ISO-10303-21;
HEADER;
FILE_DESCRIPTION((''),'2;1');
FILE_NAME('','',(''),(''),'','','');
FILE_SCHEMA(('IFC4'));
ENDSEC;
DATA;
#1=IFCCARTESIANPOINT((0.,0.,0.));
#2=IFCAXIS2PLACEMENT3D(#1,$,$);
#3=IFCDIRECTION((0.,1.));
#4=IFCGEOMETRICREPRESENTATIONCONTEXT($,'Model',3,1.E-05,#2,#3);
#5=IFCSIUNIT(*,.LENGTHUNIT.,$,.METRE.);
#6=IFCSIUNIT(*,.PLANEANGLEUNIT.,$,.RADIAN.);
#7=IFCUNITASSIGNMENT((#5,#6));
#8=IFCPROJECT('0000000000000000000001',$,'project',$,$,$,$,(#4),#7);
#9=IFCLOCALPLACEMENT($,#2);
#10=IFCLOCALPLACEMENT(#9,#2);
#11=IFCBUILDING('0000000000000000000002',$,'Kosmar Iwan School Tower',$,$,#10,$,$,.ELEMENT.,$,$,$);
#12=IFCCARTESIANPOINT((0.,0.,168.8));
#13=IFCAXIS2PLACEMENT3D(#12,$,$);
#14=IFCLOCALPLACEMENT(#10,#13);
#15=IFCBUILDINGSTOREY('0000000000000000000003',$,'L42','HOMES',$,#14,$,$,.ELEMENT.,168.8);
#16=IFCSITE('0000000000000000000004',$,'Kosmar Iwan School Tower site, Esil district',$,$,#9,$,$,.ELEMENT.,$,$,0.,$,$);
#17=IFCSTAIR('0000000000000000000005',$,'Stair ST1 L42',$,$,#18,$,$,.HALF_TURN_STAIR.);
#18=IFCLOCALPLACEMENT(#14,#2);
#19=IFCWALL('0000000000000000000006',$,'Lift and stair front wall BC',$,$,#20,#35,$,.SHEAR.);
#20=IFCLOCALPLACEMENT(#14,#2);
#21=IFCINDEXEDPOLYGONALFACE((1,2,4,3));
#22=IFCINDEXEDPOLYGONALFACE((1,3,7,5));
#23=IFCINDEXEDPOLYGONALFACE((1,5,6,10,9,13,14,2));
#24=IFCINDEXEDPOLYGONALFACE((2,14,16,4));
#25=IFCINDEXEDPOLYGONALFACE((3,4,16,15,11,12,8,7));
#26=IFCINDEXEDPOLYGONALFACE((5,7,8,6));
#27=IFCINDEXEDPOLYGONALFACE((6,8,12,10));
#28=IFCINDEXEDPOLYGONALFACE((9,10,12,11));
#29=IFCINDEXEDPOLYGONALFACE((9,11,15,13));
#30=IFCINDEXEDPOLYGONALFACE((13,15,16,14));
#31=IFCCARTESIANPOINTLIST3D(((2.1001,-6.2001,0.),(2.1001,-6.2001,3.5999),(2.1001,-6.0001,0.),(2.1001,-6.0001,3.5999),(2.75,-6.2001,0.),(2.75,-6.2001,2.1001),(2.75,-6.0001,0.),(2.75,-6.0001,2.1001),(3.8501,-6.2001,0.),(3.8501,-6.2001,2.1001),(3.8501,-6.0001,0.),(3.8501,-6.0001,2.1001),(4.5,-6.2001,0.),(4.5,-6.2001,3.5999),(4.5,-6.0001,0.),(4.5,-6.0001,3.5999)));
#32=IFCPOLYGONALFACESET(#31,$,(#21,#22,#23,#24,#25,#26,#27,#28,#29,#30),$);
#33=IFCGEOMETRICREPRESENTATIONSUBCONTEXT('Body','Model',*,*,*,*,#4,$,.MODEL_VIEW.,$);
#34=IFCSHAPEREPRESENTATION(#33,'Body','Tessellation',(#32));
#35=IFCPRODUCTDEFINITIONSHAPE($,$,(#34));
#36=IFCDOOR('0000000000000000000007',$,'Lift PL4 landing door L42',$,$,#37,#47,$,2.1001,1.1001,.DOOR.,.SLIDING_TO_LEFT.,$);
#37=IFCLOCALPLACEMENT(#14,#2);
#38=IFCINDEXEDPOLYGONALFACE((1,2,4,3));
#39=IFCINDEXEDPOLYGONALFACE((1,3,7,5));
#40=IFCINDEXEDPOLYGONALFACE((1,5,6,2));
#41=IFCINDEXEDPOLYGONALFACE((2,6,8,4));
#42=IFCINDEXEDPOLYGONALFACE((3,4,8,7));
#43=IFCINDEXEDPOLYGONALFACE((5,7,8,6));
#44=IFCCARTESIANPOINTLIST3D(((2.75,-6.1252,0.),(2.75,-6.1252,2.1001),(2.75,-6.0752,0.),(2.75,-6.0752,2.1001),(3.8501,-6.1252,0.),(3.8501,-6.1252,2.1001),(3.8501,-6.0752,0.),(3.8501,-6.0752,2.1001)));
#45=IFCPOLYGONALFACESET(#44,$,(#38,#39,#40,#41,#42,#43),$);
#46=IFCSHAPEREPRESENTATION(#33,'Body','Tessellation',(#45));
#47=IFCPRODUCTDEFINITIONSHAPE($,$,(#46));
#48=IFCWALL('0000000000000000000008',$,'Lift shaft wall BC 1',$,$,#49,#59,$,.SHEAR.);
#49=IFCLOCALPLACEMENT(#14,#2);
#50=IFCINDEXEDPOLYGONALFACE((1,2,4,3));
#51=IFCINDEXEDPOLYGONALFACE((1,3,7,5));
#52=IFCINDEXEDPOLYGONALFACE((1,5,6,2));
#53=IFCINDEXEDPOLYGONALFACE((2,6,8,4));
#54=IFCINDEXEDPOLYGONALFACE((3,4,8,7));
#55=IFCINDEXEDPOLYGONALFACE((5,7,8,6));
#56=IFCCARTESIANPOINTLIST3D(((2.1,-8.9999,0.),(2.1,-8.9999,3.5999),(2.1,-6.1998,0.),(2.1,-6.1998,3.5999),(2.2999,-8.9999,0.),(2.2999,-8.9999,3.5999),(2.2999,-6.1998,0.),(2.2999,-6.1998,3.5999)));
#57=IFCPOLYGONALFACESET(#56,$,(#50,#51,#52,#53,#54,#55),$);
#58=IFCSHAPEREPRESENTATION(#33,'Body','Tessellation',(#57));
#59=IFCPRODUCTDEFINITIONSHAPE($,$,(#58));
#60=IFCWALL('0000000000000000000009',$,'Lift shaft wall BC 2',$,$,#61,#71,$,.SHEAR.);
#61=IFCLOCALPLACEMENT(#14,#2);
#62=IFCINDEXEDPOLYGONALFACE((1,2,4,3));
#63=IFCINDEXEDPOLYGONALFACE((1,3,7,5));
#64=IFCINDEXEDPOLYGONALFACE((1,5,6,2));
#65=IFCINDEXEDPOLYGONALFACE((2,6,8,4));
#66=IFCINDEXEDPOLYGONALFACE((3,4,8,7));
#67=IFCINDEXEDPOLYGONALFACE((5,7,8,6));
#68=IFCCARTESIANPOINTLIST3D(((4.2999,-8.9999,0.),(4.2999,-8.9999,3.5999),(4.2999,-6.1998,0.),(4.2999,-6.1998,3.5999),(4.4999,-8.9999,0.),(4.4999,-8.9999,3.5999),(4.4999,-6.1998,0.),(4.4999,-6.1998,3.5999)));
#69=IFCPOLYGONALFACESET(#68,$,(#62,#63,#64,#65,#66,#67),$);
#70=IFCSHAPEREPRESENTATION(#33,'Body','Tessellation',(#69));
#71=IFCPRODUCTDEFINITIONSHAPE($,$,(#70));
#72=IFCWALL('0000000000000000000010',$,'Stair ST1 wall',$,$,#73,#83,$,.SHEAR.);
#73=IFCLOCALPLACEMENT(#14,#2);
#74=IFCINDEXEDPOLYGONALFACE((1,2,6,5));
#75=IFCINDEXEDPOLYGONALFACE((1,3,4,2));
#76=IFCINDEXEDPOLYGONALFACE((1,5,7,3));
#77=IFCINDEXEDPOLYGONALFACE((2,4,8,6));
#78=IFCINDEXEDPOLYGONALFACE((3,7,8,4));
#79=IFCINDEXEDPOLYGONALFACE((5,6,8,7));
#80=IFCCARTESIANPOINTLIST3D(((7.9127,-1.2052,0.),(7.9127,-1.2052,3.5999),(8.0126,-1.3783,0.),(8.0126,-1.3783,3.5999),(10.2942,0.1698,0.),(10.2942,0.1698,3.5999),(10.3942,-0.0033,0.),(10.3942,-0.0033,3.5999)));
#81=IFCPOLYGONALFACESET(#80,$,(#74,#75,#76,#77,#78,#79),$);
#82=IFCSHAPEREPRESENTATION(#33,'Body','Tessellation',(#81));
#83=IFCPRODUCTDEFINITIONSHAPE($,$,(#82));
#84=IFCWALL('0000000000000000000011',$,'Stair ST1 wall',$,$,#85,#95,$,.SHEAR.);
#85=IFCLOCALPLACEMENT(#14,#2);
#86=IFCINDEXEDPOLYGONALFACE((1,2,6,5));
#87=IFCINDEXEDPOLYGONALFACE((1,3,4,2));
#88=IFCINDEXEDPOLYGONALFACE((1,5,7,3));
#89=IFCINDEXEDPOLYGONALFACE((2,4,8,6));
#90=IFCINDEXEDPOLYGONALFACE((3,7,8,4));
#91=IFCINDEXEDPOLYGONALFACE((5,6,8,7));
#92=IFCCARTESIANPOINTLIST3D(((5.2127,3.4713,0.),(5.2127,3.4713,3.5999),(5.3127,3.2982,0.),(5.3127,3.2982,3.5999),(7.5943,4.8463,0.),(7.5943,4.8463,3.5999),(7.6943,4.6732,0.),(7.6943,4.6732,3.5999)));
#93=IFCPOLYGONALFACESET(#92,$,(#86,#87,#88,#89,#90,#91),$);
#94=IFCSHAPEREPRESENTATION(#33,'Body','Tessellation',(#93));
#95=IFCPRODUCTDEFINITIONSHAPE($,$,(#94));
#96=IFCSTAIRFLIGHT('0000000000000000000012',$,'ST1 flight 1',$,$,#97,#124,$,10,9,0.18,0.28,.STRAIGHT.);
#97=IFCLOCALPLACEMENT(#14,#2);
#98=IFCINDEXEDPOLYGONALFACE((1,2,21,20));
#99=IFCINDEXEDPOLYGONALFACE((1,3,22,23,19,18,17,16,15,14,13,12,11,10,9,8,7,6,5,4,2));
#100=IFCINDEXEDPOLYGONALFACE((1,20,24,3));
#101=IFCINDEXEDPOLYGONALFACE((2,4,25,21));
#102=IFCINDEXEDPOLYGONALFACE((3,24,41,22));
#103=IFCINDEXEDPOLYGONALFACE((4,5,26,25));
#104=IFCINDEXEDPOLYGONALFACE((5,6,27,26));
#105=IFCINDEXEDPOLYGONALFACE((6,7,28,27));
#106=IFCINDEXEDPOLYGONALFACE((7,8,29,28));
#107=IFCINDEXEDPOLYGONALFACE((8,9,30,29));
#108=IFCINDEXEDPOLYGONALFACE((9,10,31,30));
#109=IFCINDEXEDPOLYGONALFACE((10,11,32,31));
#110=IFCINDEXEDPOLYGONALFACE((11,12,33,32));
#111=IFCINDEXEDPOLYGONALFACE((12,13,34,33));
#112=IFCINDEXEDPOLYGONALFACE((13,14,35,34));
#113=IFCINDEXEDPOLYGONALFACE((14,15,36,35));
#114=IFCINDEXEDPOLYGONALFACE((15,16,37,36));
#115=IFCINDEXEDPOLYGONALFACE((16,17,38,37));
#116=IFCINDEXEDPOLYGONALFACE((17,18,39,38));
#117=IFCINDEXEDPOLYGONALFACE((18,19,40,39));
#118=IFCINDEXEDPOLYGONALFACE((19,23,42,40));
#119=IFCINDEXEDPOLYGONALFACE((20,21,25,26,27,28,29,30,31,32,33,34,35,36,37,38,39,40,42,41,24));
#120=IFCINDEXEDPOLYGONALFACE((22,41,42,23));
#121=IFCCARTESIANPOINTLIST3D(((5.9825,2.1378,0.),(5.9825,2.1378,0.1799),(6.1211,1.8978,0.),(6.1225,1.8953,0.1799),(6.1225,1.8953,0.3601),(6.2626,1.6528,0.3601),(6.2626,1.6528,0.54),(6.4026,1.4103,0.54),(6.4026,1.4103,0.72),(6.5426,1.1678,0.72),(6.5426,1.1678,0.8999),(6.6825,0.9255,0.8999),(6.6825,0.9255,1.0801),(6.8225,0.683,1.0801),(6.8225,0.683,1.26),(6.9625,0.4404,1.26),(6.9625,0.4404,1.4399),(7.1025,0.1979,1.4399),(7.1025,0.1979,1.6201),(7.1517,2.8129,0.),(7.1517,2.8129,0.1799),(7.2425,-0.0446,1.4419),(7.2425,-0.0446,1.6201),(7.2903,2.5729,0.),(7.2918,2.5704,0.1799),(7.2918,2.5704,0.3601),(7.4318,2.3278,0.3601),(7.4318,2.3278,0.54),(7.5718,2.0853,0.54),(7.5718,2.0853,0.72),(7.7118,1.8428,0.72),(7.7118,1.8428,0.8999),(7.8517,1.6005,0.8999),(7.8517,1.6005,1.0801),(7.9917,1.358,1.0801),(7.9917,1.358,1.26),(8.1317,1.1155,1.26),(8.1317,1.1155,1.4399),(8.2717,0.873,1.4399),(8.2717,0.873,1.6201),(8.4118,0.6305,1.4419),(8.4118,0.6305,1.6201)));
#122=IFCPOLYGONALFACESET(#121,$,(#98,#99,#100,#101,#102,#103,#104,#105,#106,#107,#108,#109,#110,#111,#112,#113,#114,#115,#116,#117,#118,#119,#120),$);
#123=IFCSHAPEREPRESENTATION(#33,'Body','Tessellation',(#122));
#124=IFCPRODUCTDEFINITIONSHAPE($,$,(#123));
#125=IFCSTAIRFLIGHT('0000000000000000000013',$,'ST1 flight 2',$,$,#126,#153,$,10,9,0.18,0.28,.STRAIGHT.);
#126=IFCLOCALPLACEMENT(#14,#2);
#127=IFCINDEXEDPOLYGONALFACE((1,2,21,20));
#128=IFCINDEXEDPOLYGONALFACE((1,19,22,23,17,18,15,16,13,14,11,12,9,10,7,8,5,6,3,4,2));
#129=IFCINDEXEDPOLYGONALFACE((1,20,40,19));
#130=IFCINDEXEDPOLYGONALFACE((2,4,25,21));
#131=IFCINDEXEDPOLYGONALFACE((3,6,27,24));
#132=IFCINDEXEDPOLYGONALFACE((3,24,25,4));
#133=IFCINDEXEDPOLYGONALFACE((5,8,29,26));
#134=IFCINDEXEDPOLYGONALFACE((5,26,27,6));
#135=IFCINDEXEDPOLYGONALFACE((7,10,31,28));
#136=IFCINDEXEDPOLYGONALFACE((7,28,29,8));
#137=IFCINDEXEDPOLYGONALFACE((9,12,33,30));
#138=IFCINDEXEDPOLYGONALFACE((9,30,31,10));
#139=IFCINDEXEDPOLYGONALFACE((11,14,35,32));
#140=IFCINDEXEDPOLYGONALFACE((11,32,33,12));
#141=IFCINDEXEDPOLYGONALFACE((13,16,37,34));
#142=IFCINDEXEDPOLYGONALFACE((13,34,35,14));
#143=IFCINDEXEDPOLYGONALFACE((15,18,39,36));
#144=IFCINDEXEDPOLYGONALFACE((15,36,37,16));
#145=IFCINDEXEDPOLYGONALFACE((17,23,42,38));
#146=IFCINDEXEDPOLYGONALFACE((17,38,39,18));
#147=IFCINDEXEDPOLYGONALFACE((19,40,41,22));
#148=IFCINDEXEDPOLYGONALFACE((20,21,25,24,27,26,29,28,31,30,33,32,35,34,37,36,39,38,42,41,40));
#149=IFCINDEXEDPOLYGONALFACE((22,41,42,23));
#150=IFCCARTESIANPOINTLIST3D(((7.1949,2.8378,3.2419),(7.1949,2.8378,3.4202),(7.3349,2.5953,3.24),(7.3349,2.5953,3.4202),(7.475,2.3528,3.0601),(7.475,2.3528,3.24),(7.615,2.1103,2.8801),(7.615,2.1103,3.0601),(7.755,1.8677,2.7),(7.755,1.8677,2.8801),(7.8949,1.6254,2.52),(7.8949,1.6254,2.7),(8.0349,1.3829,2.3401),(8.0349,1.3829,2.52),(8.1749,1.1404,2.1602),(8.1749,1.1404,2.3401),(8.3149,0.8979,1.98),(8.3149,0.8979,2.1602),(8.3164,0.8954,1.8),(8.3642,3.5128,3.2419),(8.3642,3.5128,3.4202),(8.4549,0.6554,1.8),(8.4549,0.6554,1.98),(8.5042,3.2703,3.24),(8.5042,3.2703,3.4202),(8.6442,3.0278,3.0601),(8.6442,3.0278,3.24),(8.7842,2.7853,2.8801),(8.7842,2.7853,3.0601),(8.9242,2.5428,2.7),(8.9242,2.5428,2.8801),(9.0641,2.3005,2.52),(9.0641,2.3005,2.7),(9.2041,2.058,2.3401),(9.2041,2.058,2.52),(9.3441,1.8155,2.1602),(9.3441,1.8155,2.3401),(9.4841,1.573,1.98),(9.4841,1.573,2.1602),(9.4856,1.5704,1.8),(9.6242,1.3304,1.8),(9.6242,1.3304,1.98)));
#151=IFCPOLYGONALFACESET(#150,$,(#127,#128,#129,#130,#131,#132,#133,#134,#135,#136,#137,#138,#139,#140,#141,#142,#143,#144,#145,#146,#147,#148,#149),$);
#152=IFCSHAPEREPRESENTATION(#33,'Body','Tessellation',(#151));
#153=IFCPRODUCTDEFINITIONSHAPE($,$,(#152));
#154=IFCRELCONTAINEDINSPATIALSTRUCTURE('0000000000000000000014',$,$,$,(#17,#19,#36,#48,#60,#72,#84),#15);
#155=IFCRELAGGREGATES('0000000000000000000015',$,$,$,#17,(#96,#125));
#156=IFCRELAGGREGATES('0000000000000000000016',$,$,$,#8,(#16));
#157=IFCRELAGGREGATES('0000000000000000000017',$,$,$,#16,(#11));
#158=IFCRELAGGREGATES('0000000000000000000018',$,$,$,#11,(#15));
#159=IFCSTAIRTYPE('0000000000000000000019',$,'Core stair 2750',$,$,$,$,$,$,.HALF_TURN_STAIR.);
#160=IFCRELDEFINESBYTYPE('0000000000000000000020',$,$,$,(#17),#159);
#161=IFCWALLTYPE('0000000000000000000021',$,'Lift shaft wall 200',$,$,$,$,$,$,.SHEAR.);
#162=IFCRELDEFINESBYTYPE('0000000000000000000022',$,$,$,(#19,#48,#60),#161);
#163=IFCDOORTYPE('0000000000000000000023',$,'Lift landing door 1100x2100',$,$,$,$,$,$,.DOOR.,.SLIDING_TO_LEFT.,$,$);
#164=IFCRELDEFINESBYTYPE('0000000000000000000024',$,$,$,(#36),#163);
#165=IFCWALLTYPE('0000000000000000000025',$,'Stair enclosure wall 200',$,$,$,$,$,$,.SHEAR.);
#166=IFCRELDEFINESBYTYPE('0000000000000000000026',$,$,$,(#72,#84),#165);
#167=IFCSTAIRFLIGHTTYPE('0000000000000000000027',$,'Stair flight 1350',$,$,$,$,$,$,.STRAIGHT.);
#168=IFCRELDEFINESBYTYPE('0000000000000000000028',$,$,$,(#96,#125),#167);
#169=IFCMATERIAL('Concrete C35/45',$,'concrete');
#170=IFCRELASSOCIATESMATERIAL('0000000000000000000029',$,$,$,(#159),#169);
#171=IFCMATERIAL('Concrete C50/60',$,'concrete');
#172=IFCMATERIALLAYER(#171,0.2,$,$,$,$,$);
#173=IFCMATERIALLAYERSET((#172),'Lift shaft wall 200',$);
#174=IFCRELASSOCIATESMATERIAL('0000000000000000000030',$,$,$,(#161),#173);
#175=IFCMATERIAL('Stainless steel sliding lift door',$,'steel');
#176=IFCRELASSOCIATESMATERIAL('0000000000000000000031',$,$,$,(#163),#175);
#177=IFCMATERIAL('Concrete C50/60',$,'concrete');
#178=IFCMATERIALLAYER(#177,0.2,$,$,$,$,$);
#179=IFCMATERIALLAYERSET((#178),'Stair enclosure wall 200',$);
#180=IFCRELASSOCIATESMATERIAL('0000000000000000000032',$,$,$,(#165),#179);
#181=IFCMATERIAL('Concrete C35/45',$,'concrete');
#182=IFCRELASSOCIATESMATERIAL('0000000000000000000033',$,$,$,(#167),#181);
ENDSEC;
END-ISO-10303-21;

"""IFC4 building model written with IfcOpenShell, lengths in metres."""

from ifc_helpers import new_model, si_unit, direction, frame, frame_2d, origin, place, context, subcontext, project, spatial, polyline, rectangle, outline, extrude, material, layer, layer_set, type_object, element, fill, aggregate, save


model = new_model("IFC4")

# Units and contexts
model_context = context("Model", 3, precision=1e-05, world=origin(), true_north=direction((0.0, 1.0)))
body_context = subcontext(model_context, "Body", "Model", "MODEL_VIEW")
ifc_project = project(units=[si_unit("LENGTHUNIT", "METRE"), si_unit("PLANEANGLEUNIT", "RADIAN")], contexts=[model_context])

# Site, building, storey
site_placement = place(None, origin())
site = spatial("IfcSite", under=ifc_project, at=site_placement, Name="Kosmar Iwan School Tower site, Esil district", CompositionType="ELEMENT", RefElevation=0.0)
building_placement = place(site_placement, origin())
building = spatial("IfcBuilding", under=site, at=building_placement, Name="Kosmar Iwan School Tower", CompositionType="ELEMENT")
storey_placement = place(building_placement, frame((0.0, 0.0, 168.8)))
storey = spatial("IfcBuildingStorey", under=building, at=storey_placement, Name="L42", Description="HOMES", CompositionType="ELEMENT", Elevation=168.8)

# Stair
ifc_material_1 = material(Name="Concrete C35/45", Category="concrete")
stair_type_1 = type_object("IfcStairType", Name="Core stair 2750", PredefinedType="HALF_TURN_STAIR", material=ifc_material_1)
stair_1_placement = place(storey_placement, origin())
stair_1 = element("IfcStair", 1, at=stair_1_placement, inside=storey, type_object=stair_type_1, Name="Stair ST1 L42", PredefinedType="HALF_TURN_STAIR")

# Shared definitions
ifc_material_2 = material(Name="Concrete C50/60", Category="concrete")
ifc_layer_1 = layer(ifc_material_2, 0.2)
ifc_layer_set_1 = layer_set([ifc_layer_1], Name="Lift shaft wall 200")
wall_type_1 = type_object("IfcWallType", Name="Lift shaft wall 200", PredefinedType="SHEAR", material=ifc_layer_set_1)

# Wall, opening, door
wall_1_placement = place(storey_placement, frame((2.1001, -6.1001, 0.0), z_axis=(0.0, 0.0, 1.0), x_axis=(1.0, 0.0, 0.0)))
wall_1 = element("IfcWall", 2, at=wall_1_placement, inside=storey, type_object=wall_type_1, Name="Lift and stair front wall BC", PredefinedType="SHEAR", context=body_context, shape_type="SweptSolid", body=[
    extrude(rectangle(XDim=2.3999, YDim=0.2, at=frame_2d((1.2, 0.0))), origin(), (0.0, 0.0, 1.0), 3.5999),
])
opening_1_placement = place(wall_1_placement, frame((0.6499, 0.0, 0.0)))
opening_1 = element("IfcOpeningElement", 3, at=opening_1_placement, cuts=wall_1, PredefinedType="OPENING", context=body_context, shape_type="SweptSolid", body=[
    extrude(rectangle(XDim=1.1001, YDim=2.1001, at=frame_2d((0.55, 1.05))), frame((0.0, 0.1121, 0.0), z_axis=(0.0, -1.0, 0.0), x_axis=(1.0, 0.0, 0.0)), (0.0, 0.0, 1.0), 0.2239),
])
ifc_material_3 = material(Name="Stainless steel sliding lift door", Category="steel")
door_type_1 = type_object("IfcDoorType", Name="Lift landing door 1100x2100", OperationType="SLIDING_TO_LEFT", PredefinedType="DOOR", material=ifc_material_3)
door_1_placement = place(opening_1_placement, origin())
door_1 = element("IfcDoor", 4, at=door_1_placement, inside=storey, type_object=door_type_1, Name="Lift PL4 landing door L42", OperationType="SLIDING_TO_LEFT", OverallHeight=2.1001, OverallWidth=1.1001, PredefinedType="DOOR", context=body_context, shape_type="SweptSolid", body=[
    extrude(rectangle(XDim=1.1001, YDim=2.1001, at=frame_2d((0.55, 1.05))), frame((0.0, 0.0249, 0.0), z_axis=(0.0, -1.0, 0.0), x_axis=(1.0, 0.0, 0.0)), (0.0, 0.0, 1.0), 0.05),
])
fill(opening_1, door_1)

# Walls
for number, where, z_axis, x_axis, name in (
    (5, (2.2, -6.2, 0.0), (0.0, 0.0, 1.0), (0.0, -1.0, 0.0), "Lift shaft wall BC 1"),
    (6, (4.3999, -6.2, 0.0), (0.0, 0.0, 1.0), (0.0, -1.0, 0.0), "Lift shaft wall BC 2"),
):
    element("IfcWall", number, at=place(storey_placement, frame(where, z_axis=z_axis, x_axis=x_axis)), inside=storey, type_object=wall_type_1, Name=name, PredefinedType="SHEAR", context=body_context, shape_type="SweptSolid", body=[
        extrude(rectangle(XDim=2.8, YDim=0.2, at=frame_2d((1.3999, 0.0))), origin(), (0.0, 0.0, 1.0), 3.5999),
    ])
ifc_material_4 = material(Name="Concrete C50/60", Category="concrete")
ifc_layer_2 = layer(ifc_material_4, 0.2)
ifc_layer_set_2 = layer_set([ifc_layer_2], Name="Stair enclosure wall 200")
wall_type_2 = type_object("IfcWallType", Name="Stair enclosure wall 200", PredefinedType="SHEAR", material=ifc_layer_set_2)
for number, where, z_axis, x_axis, name in (
    (7, (7.9626, -1.2917, 0.0), (0.0, 0.0, 1.0), (0.866027, 0.499997, 0.0), "Stair ST1 wall"),
    (8, (5.2627, 3.3848, 0.0), (0.0, 0.0, 1.0), (0.866027, 0.499997, 0.0), "Stair ST1 wall"),
):
    element("IfcWall", number, at=place(storey_placement, frame(where, z_axis=z_axis, x_axis=x_axis)), inside=storey, type_object=wall_type_2, Name=name, PredefinedType="SHEAR", context=body_context, shape_type="SweptSolid", body=[
        extrude(rectangle(XDim=2.75, YDim=0.2, at=frame_2d((1.375, 0.0))), origin(), (0.0, 0.0, 1.0), 3.5999),
    ])

# Stair flights
ifc_material_5 = material(Name="Concrete C35/45", Category="concrete")
stair_flight_type = type_object("IfcStairFlightType", Name="Stair flight 1350", PredefinedType="STRAIGHT", material=ifc_material_5)
stair_flight_1_placement = place(storey_placement, frame((6.5671, 2.4753, 0.0), z_axis=(0.0, 0.0, 1.0), x_axis=(0.5, -0.866025, 0.0)))
stair_flight_1 = element("IfcStairFlight", 9, at=stair_flight_1_placement, type_object=stair_flight_type, Name="ST1 flight 1", NumberOfRisers=10, NumberOfTreads=9, PredefinedType="STRAIGHT", RiserHeight=0.18, TreadLength=0.28, context=body_context, shape_type="SweptSolid", body=[
    extrude(outline(polyline([(0.0, 0.0), (0.0, 0.1799), (0.28, 0.1799), (0.28, 0.3601), (0.5601, 0.3601), (0.5601, 0.54), (0.8401, 0.54), (0.8401, 0.72), (1.1201, 0.72), (1.1201, 0.8999), (1.3999, 0.8999), (1.3999, 1.0801), (1.6799, 1.0801), (1.6799, 1.26), (1.96, 1.26), (1.96, 1.4399), (2.24, 1.4399), (2.24, 1.6201), (2.52, 1.6201), (2.52, 1.8), (2.52, 1.4419), (0.2771, 0.0), (0.0, 0.0)])), frame((0.0, 0.675, 0.0), z_axis=(0.0, -1.0, 0.0), x_axis=(1.0, 0.0, 0.0)), (0.0, 0.0, 1.0), 1.3501),
])
stair_flight_2_placement = place(storey_placement, frame((9.0396, 0.9929, 1.8), z_axis=(0.0, 0.0, 1.0), x_axis=(-0.5, 0.866025, 0.0)))
stair_flight_2 = element("IfcStairFlight", 10, at=stair_flight_2_placement, type_object=stair_flight_type, Name="ST1 flight 2", NumberOfRisers=10, NumberOfTreads=9, PredefinedType="STRAIGHT", RiserHeight=0.18, TreadLength=0.28, context=body_context, shape_type="SweptSolid", body=[
    extrude(outline(polyline([(0.0, 0.0), (0.0, 0.1799), (0.28, 0.1799), (0.28, 0.3601), (0.5601, 0.3601), (0.5601, 0.54), (0.8401, 0.54), (0.8401, 0.72), (1.1201, 0.72), (1.1201, 0.8999), (1.3999, 0.8999), (1.3999, 1.0801), (1.6799, 1.0801), (1.6799, 1.26), (1.96, 1.26), (1.96, 1.4399), (2.24, 1.4399), (2.24, 1.6201), (2.52, 1.6201), (2.52, 1.8), (2.52, 1.4419), (0.2771, 0.0), (0.0, 0.0)])), frame((0.0, 0.675, 0.0), z_axis=(0.0, -1.0, 0.0), x_axis=(1.0, 0.0, 0.0)), (0.0, 0.0, 1.0), 1.3501),
])
aggregate(stair_1, [stair_flight_1, stair_flight_2])

save(model, "model.ifc")
